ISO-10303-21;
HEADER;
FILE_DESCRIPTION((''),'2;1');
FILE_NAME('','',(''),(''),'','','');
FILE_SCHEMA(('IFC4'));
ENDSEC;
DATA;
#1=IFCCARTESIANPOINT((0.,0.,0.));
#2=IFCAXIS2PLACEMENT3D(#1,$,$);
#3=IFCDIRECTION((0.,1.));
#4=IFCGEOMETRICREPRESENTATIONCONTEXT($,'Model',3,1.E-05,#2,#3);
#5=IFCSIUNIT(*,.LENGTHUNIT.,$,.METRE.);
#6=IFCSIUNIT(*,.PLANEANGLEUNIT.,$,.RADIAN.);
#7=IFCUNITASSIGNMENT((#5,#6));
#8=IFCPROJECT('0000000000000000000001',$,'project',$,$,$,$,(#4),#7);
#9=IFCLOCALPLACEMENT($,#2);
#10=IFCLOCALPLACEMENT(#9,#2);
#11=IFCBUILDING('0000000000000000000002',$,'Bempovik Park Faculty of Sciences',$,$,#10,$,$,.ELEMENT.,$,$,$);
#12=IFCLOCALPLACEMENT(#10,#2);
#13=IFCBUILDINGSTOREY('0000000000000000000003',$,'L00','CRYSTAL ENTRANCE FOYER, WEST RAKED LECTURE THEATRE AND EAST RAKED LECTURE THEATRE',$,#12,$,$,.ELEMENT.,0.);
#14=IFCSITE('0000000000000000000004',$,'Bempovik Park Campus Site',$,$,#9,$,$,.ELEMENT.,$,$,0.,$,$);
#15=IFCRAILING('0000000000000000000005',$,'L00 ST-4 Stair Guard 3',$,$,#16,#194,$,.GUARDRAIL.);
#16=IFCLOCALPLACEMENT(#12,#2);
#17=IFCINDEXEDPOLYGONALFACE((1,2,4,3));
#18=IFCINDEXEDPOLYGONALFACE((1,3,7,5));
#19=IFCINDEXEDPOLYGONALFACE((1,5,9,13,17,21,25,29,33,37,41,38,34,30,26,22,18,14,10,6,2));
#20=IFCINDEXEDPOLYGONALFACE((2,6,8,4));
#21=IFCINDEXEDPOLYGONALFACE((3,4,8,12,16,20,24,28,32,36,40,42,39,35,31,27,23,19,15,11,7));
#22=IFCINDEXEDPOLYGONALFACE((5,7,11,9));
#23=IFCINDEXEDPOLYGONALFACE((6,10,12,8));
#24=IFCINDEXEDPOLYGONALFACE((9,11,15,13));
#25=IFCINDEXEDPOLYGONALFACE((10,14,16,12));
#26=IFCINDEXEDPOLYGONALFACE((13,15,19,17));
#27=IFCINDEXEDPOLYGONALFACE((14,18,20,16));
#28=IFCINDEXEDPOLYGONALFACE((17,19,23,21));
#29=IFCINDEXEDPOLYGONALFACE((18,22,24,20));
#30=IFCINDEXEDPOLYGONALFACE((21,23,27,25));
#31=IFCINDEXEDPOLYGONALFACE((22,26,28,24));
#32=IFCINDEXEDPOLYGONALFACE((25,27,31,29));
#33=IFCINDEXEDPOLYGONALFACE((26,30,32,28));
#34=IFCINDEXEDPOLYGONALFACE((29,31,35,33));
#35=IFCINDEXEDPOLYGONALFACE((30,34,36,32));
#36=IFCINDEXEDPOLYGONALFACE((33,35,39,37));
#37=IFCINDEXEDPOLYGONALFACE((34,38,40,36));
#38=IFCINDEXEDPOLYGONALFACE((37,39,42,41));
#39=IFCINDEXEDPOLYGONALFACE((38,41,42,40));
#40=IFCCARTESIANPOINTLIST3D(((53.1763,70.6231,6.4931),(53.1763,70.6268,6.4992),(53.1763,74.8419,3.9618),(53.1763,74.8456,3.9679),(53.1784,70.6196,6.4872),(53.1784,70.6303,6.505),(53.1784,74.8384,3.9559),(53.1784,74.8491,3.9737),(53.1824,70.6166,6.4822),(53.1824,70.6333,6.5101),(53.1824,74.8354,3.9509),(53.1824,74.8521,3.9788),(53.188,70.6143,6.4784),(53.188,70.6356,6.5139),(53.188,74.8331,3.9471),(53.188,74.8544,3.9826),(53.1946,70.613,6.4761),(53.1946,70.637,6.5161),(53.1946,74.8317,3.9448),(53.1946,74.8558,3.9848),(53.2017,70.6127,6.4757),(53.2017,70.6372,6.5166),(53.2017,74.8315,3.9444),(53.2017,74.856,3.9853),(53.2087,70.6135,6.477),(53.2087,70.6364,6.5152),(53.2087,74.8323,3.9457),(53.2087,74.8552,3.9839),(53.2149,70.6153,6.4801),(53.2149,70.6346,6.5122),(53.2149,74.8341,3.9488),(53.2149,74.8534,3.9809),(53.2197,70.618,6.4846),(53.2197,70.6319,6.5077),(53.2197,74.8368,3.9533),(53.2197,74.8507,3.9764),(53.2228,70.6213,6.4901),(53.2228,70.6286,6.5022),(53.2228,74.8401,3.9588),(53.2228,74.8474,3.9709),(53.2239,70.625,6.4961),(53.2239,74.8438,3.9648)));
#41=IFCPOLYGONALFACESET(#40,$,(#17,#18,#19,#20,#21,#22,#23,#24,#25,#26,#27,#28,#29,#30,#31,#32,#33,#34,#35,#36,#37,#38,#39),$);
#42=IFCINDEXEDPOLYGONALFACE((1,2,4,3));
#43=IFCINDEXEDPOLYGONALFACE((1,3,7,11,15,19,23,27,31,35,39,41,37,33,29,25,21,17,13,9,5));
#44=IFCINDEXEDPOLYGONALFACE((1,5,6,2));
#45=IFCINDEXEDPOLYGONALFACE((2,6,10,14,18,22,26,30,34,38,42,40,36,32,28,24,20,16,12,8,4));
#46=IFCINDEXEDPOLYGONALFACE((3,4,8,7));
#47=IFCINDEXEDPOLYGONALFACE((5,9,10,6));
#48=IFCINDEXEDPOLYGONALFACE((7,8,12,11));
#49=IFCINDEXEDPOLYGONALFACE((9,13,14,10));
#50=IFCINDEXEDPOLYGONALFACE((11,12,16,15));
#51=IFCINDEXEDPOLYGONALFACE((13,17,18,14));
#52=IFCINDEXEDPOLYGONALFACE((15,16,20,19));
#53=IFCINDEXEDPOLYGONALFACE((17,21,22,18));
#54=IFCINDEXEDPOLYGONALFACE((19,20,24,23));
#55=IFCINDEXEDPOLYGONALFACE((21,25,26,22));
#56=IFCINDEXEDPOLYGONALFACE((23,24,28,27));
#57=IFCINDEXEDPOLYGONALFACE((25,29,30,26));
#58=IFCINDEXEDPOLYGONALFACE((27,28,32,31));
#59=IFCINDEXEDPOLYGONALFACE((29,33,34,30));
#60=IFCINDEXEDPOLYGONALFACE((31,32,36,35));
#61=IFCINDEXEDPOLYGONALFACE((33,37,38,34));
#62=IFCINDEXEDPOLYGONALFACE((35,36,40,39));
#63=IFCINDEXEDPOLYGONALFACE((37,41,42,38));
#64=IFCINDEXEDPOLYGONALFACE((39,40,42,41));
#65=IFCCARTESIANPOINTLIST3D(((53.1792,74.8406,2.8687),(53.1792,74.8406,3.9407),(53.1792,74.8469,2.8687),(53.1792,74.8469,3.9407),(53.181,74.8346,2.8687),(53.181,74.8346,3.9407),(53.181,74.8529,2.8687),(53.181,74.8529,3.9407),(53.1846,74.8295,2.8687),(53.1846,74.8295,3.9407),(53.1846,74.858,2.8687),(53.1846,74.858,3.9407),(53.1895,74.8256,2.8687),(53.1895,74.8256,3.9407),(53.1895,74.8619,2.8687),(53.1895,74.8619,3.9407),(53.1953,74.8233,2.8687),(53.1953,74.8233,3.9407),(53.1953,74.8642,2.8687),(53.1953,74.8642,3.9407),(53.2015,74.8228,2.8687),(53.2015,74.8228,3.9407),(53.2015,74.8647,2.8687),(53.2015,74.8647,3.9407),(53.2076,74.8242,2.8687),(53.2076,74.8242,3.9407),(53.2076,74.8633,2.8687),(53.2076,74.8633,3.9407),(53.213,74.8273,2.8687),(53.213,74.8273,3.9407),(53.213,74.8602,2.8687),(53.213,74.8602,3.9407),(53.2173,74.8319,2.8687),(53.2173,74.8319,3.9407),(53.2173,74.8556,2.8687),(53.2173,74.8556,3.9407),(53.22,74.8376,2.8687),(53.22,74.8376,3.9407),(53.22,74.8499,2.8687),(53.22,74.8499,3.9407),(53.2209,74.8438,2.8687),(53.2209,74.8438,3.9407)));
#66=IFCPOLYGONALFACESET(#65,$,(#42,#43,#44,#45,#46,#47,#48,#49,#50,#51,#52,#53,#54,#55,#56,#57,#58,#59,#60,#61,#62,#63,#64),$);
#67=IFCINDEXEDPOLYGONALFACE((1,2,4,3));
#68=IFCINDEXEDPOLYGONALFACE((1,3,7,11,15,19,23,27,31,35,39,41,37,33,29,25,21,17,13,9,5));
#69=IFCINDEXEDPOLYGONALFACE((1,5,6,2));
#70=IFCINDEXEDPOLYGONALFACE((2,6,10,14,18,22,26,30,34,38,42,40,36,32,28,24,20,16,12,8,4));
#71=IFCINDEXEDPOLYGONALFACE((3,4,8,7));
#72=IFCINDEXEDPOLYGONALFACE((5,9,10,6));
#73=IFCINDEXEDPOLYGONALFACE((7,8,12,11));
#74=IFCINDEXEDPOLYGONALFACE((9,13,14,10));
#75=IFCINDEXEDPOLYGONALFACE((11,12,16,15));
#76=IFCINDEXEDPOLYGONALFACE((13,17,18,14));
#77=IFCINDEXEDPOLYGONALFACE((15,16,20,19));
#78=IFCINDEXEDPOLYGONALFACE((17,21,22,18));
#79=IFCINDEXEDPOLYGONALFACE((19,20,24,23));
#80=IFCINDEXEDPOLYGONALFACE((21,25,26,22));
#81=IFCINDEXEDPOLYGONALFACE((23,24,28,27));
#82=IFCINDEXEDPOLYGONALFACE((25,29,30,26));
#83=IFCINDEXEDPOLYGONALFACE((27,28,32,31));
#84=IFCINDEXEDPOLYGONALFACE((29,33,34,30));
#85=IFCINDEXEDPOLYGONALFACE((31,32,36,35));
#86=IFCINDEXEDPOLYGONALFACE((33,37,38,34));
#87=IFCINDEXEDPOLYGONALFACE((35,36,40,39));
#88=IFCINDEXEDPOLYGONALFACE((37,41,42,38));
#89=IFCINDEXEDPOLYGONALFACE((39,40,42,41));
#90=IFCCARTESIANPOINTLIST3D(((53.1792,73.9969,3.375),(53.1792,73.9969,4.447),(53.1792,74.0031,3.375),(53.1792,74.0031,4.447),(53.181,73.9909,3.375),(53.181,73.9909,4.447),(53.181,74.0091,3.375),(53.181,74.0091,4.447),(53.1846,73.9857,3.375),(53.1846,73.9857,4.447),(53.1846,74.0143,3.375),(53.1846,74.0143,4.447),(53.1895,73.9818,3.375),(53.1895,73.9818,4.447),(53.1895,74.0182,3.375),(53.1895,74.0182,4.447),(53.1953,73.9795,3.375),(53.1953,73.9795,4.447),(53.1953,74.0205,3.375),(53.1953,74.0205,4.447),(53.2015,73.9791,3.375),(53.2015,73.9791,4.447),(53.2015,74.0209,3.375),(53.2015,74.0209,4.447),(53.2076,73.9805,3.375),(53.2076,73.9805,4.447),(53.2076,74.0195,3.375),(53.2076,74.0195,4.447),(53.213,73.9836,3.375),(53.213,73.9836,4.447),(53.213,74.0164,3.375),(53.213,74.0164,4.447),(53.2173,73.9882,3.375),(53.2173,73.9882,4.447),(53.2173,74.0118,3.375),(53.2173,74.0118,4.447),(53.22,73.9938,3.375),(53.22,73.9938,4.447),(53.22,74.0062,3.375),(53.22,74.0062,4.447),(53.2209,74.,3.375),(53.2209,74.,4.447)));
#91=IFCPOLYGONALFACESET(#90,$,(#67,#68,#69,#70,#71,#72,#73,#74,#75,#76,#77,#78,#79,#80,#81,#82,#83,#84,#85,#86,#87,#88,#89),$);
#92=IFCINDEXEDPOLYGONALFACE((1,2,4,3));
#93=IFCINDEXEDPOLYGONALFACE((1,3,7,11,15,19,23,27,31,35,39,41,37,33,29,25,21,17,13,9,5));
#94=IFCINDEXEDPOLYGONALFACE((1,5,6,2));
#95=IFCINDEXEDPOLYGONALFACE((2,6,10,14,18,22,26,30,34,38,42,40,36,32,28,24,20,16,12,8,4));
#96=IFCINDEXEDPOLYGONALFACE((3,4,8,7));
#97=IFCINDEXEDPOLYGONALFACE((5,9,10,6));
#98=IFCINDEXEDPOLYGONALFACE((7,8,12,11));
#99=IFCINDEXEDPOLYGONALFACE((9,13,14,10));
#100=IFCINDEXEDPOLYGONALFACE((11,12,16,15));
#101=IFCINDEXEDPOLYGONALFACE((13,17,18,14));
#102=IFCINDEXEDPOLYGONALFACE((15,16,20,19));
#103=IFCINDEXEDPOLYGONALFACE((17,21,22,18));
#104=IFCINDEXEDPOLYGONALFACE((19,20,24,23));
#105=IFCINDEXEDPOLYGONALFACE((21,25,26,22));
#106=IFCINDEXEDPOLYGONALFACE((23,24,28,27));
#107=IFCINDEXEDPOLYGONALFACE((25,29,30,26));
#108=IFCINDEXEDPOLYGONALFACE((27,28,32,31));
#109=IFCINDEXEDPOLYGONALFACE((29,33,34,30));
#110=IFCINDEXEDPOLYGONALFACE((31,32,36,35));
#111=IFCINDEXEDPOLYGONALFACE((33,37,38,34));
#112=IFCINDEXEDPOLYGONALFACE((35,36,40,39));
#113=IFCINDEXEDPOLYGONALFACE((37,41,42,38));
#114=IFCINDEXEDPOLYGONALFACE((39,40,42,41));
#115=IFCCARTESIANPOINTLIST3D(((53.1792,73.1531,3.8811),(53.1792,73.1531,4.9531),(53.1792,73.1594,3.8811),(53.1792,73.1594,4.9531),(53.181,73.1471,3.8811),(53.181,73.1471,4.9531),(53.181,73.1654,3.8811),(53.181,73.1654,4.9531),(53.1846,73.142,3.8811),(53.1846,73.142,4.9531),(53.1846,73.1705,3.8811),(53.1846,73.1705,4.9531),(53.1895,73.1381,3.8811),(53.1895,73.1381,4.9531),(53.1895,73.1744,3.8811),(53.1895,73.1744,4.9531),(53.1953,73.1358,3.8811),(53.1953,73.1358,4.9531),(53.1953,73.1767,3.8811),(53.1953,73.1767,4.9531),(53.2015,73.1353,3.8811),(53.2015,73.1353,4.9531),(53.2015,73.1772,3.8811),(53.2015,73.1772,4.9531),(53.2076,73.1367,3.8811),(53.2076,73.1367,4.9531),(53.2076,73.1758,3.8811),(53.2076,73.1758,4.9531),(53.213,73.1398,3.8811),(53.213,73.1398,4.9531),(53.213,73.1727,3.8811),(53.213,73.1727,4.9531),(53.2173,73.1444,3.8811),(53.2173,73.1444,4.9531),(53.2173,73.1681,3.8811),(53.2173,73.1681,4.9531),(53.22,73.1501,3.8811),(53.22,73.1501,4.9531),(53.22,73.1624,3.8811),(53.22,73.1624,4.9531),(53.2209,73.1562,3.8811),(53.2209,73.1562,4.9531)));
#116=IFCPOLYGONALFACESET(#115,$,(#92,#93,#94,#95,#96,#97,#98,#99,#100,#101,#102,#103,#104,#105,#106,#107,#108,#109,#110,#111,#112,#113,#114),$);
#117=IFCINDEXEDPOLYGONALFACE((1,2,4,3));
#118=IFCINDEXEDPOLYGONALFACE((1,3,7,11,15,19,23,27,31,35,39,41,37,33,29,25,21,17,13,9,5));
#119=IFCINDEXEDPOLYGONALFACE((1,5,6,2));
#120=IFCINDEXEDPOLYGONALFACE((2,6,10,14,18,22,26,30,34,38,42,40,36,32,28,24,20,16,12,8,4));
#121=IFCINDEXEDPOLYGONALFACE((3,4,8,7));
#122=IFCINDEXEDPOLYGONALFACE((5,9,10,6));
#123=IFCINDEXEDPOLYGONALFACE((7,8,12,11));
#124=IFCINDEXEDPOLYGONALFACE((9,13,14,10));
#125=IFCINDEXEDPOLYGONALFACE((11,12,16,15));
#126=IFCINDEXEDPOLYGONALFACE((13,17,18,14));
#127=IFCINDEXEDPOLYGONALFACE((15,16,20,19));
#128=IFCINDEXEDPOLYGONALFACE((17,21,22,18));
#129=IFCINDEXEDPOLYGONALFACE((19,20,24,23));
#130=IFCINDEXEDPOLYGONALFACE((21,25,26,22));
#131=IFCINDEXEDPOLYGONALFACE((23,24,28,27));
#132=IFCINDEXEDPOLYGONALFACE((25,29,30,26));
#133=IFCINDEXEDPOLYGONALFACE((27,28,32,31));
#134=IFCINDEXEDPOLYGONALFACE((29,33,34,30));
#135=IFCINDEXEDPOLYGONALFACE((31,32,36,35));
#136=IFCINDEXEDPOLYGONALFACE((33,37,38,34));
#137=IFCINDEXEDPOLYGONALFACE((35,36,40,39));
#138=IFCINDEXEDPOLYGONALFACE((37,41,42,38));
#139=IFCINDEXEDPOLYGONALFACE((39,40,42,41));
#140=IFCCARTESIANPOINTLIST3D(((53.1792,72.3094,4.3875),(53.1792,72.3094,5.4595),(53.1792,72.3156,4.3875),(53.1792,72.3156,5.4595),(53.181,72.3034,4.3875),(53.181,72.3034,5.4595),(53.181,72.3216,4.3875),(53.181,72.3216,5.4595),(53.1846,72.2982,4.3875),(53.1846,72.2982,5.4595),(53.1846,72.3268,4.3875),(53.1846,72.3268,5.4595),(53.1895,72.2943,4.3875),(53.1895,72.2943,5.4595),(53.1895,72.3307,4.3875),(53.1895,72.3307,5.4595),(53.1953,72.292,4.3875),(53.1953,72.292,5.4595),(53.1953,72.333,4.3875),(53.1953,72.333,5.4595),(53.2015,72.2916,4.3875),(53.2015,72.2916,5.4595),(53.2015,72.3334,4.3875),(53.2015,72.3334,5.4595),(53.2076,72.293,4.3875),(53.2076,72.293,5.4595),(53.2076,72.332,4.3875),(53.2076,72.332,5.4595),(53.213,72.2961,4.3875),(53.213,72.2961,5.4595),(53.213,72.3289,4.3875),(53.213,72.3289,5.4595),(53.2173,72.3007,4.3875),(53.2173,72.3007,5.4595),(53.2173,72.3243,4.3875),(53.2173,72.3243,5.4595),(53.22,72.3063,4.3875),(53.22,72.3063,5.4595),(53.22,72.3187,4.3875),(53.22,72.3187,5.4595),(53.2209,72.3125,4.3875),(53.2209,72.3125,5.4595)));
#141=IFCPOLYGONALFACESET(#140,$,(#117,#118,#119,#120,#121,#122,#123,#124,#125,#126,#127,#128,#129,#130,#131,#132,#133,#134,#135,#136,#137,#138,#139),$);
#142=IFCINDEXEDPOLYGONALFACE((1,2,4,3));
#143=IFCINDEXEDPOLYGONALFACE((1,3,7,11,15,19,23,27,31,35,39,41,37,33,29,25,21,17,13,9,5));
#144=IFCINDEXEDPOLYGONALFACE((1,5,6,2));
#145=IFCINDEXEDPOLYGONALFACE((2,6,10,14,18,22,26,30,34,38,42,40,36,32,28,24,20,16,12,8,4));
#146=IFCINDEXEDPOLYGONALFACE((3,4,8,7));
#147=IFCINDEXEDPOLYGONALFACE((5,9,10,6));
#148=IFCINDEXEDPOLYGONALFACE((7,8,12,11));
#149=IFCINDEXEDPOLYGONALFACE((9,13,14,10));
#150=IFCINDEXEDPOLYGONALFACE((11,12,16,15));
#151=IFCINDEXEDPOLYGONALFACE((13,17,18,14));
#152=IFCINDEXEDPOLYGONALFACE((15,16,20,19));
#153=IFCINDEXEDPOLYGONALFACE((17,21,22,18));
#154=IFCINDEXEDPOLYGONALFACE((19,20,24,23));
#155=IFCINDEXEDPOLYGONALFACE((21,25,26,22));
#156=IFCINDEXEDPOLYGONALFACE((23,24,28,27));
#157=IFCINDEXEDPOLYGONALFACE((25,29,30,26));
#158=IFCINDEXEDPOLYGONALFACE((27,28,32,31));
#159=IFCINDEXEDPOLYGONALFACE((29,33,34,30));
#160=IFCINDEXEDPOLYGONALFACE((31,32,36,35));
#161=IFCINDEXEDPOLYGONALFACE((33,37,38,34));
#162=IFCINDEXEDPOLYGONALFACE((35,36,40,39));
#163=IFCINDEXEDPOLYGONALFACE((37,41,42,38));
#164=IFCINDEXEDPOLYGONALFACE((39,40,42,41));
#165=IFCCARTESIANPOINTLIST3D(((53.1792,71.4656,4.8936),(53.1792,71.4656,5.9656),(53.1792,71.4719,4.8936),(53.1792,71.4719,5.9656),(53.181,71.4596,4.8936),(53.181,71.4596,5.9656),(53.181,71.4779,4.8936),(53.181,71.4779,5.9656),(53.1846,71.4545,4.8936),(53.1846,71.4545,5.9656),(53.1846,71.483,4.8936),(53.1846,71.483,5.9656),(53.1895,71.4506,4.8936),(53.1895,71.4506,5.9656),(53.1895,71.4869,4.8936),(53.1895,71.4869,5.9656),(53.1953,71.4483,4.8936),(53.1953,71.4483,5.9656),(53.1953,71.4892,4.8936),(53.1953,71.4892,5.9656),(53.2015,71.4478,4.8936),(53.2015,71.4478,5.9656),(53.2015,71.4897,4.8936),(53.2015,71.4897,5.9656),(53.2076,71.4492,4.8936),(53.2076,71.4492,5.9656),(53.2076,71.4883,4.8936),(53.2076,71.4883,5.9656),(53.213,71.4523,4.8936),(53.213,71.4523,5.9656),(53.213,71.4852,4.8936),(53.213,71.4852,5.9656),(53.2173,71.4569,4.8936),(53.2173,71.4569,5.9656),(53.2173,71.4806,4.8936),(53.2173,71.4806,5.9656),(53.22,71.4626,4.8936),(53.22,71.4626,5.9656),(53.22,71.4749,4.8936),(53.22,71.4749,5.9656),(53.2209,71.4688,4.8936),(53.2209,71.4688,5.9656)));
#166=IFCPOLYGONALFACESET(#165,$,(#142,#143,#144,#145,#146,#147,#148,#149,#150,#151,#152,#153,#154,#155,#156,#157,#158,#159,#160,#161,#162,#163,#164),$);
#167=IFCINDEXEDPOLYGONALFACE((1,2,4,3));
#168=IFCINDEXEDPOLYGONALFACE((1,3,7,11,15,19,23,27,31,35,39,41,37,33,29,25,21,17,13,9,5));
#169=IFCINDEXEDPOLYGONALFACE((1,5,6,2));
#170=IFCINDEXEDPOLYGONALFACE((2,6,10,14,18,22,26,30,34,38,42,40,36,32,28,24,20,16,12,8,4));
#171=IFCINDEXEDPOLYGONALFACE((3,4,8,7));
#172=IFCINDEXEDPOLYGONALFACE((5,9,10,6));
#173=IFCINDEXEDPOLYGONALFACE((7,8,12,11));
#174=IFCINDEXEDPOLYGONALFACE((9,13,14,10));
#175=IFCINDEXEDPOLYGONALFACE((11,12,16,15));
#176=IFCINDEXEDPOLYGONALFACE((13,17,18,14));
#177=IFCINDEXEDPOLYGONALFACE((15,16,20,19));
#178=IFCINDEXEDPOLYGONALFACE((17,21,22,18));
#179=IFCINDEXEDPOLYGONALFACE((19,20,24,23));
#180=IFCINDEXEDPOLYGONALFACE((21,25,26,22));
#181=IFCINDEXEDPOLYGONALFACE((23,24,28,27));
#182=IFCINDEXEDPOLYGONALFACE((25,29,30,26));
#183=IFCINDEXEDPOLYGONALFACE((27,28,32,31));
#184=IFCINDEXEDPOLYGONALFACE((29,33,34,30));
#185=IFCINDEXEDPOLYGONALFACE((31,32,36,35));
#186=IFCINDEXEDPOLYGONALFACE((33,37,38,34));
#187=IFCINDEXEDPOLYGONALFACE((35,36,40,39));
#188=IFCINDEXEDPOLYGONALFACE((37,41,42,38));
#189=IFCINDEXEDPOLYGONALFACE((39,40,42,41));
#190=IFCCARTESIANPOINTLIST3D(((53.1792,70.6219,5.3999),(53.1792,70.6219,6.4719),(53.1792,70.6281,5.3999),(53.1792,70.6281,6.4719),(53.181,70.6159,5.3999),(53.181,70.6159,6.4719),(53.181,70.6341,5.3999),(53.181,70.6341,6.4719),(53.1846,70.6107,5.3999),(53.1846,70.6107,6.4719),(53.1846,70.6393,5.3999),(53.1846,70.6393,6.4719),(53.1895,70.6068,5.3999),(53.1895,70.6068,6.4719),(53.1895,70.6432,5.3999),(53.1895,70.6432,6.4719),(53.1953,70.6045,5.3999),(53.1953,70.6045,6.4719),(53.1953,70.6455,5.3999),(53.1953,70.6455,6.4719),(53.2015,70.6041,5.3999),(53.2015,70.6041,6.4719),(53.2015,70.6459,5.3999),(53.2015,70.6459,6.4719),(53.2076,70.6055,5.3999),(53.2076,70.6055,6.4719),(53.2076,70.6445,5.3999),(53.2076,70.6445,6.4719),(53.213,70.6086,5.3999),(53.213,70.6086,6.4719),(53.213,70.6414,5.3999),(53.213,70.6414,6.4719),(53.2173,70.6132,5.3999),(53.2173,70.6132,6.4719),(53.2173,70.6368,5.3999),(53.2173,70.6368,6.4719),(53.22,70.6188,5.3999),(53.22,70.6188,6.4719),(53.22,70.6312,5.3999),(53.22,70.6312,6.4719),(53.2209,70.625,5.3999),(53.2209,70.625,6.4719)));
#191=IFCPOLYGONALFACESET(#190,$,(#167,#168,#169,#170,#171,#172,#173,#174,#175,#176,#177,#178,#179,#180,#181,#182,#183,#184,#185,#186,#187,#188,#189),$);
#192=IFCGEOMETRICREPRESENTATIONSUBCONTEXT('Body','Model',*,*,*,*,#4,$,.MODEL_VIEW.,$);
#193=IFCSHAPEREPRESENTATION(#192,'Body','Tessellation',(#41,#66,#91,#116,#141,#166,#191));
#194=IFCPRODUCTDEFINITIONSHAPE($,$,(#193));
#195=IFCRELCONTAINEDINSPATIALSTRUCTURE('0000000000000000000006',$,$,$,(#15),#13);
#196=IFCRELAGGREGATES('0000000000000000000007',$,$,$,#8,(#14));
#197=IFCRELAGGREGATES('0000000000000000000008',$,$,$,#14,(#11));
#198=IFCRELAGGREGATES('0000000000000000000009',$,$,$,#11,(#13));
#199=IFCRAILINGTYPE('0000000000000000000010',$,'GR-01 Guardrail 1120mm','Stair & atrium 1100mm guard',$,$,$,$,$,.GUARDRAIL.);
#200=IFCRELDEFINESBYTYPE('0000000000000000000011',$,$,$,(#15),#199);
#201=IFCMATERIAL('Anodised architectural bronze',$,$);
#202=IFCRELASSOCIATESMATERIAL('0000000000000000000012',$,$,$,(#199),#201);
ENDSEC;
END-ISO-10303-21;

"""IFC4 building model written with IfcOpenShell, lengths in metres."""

from ifc_helpers import new_model, si_unit, direction, frame, origin, origin_2d, place, context, subcontext, project, spatial, circle, extrude, material, type_object, element, save


model = new_model("IFC4")

# Units and contexts
model_context = context("Model", 3, precision=1e-05, world=origin(), true_north=direction((0.0, 1.0)))
body_context = subcontext(model_context, "Body", "Model", "MODEL_VIEW")
ifc_project = project(units=[si_unit("LENGTHUNIT", "METRE"), si_unit("PLANEANGLEUNIT", "RADIAN")], contexts=[model_context])

# Site, building, storey
site_placement = place(None, origin())
site = spatial("IfcSite", under=ifc_project, at=site_placement, Name="Bempovik Park Campus Site", CompositionType="ELEMENT", RefElevation=0.0)
building_placement = place(site_placement, origin())
building = spatial("IfcBuilding", under=site, at=building_placement, Name="Bempovik Park Faculty of Sciences", CompositionType="ELEMENT")
storey_placement = place(building_placement, origin())
storey = spatial("IfcBuildingStorey", under=building, at=storey_placement, Name="L00", Description="CRYSTAL ENTRANCE FOYER, WEST RAKED LECTURE THEATRE AND EAST RAKED LECTURE THEATRE", CompositionType="ELEMENT", Elevation=0.0)

# Railing
ifc_material_1 = material(Name="Anodised architectural bronze")
railing_type_1 = type_object("IfcRailingType", Name="GR-01 Guardrail 1120mm", Description="Stair & atrium 1100mm guard", PredefinedType="GUARDRAIL", material=ifc_material_1)
railing_1_placement = place(storey_placement, frame((53.2, 74.8438, 2.8687)))
element("IfcRailing", 1, at=railing_1_placement, inside=storey, type_object=railing_type_1, Name="L00 ST-4 Stair Guard 3", PredefinedType="GUARDRAIL", context=body_context, shape_type="SweptSolid", body=[
    extrude(circle(Radius=0.0239, at=origin_2d()), frame((0.0, 0.0, 1.0962), z_axis=(0.0, -0.857493, 0.514496), x_axis=(1.0, 0.0, 0.0)), (0.0, 0.0, 1.0), 4.9199),
    extrude(circle(Radius=0.021, at=origin_2d()), origin(), (0.0, 0.0, 1.0), 1.072),
    extrude(circle(Radius=0.021, at=origin_2d()), frame((0.0, -0.8438, 0.5063)), (0.0, 0.0, 1.0), 1.072),
    extrude(circle(Radius=0.021, at=origin_2d()), frame((0.0, -1.6875, 1.0125)), (0.0, 0.0, 1.0), 1.072),
    extrude(circle(Radius=0.021, at=origin_2d()), frame((0.0, -2.5312, 1.5188)), (0.0, 0.0, 1.0), 1.072),
    extrude(circle(Radius=0.021, at=origin_2d()), frame((0.0, -3.375, 2.0249)), (0.0, 0.0, 1.0), 1.072),
    extrude(circle(Radius=0.021, at=origin_2d()), frame((0.0, -4.2188, 2.5312)), (0.0, 0.0, 1.0), 1.072),
])

save(model, "model.ifc")
